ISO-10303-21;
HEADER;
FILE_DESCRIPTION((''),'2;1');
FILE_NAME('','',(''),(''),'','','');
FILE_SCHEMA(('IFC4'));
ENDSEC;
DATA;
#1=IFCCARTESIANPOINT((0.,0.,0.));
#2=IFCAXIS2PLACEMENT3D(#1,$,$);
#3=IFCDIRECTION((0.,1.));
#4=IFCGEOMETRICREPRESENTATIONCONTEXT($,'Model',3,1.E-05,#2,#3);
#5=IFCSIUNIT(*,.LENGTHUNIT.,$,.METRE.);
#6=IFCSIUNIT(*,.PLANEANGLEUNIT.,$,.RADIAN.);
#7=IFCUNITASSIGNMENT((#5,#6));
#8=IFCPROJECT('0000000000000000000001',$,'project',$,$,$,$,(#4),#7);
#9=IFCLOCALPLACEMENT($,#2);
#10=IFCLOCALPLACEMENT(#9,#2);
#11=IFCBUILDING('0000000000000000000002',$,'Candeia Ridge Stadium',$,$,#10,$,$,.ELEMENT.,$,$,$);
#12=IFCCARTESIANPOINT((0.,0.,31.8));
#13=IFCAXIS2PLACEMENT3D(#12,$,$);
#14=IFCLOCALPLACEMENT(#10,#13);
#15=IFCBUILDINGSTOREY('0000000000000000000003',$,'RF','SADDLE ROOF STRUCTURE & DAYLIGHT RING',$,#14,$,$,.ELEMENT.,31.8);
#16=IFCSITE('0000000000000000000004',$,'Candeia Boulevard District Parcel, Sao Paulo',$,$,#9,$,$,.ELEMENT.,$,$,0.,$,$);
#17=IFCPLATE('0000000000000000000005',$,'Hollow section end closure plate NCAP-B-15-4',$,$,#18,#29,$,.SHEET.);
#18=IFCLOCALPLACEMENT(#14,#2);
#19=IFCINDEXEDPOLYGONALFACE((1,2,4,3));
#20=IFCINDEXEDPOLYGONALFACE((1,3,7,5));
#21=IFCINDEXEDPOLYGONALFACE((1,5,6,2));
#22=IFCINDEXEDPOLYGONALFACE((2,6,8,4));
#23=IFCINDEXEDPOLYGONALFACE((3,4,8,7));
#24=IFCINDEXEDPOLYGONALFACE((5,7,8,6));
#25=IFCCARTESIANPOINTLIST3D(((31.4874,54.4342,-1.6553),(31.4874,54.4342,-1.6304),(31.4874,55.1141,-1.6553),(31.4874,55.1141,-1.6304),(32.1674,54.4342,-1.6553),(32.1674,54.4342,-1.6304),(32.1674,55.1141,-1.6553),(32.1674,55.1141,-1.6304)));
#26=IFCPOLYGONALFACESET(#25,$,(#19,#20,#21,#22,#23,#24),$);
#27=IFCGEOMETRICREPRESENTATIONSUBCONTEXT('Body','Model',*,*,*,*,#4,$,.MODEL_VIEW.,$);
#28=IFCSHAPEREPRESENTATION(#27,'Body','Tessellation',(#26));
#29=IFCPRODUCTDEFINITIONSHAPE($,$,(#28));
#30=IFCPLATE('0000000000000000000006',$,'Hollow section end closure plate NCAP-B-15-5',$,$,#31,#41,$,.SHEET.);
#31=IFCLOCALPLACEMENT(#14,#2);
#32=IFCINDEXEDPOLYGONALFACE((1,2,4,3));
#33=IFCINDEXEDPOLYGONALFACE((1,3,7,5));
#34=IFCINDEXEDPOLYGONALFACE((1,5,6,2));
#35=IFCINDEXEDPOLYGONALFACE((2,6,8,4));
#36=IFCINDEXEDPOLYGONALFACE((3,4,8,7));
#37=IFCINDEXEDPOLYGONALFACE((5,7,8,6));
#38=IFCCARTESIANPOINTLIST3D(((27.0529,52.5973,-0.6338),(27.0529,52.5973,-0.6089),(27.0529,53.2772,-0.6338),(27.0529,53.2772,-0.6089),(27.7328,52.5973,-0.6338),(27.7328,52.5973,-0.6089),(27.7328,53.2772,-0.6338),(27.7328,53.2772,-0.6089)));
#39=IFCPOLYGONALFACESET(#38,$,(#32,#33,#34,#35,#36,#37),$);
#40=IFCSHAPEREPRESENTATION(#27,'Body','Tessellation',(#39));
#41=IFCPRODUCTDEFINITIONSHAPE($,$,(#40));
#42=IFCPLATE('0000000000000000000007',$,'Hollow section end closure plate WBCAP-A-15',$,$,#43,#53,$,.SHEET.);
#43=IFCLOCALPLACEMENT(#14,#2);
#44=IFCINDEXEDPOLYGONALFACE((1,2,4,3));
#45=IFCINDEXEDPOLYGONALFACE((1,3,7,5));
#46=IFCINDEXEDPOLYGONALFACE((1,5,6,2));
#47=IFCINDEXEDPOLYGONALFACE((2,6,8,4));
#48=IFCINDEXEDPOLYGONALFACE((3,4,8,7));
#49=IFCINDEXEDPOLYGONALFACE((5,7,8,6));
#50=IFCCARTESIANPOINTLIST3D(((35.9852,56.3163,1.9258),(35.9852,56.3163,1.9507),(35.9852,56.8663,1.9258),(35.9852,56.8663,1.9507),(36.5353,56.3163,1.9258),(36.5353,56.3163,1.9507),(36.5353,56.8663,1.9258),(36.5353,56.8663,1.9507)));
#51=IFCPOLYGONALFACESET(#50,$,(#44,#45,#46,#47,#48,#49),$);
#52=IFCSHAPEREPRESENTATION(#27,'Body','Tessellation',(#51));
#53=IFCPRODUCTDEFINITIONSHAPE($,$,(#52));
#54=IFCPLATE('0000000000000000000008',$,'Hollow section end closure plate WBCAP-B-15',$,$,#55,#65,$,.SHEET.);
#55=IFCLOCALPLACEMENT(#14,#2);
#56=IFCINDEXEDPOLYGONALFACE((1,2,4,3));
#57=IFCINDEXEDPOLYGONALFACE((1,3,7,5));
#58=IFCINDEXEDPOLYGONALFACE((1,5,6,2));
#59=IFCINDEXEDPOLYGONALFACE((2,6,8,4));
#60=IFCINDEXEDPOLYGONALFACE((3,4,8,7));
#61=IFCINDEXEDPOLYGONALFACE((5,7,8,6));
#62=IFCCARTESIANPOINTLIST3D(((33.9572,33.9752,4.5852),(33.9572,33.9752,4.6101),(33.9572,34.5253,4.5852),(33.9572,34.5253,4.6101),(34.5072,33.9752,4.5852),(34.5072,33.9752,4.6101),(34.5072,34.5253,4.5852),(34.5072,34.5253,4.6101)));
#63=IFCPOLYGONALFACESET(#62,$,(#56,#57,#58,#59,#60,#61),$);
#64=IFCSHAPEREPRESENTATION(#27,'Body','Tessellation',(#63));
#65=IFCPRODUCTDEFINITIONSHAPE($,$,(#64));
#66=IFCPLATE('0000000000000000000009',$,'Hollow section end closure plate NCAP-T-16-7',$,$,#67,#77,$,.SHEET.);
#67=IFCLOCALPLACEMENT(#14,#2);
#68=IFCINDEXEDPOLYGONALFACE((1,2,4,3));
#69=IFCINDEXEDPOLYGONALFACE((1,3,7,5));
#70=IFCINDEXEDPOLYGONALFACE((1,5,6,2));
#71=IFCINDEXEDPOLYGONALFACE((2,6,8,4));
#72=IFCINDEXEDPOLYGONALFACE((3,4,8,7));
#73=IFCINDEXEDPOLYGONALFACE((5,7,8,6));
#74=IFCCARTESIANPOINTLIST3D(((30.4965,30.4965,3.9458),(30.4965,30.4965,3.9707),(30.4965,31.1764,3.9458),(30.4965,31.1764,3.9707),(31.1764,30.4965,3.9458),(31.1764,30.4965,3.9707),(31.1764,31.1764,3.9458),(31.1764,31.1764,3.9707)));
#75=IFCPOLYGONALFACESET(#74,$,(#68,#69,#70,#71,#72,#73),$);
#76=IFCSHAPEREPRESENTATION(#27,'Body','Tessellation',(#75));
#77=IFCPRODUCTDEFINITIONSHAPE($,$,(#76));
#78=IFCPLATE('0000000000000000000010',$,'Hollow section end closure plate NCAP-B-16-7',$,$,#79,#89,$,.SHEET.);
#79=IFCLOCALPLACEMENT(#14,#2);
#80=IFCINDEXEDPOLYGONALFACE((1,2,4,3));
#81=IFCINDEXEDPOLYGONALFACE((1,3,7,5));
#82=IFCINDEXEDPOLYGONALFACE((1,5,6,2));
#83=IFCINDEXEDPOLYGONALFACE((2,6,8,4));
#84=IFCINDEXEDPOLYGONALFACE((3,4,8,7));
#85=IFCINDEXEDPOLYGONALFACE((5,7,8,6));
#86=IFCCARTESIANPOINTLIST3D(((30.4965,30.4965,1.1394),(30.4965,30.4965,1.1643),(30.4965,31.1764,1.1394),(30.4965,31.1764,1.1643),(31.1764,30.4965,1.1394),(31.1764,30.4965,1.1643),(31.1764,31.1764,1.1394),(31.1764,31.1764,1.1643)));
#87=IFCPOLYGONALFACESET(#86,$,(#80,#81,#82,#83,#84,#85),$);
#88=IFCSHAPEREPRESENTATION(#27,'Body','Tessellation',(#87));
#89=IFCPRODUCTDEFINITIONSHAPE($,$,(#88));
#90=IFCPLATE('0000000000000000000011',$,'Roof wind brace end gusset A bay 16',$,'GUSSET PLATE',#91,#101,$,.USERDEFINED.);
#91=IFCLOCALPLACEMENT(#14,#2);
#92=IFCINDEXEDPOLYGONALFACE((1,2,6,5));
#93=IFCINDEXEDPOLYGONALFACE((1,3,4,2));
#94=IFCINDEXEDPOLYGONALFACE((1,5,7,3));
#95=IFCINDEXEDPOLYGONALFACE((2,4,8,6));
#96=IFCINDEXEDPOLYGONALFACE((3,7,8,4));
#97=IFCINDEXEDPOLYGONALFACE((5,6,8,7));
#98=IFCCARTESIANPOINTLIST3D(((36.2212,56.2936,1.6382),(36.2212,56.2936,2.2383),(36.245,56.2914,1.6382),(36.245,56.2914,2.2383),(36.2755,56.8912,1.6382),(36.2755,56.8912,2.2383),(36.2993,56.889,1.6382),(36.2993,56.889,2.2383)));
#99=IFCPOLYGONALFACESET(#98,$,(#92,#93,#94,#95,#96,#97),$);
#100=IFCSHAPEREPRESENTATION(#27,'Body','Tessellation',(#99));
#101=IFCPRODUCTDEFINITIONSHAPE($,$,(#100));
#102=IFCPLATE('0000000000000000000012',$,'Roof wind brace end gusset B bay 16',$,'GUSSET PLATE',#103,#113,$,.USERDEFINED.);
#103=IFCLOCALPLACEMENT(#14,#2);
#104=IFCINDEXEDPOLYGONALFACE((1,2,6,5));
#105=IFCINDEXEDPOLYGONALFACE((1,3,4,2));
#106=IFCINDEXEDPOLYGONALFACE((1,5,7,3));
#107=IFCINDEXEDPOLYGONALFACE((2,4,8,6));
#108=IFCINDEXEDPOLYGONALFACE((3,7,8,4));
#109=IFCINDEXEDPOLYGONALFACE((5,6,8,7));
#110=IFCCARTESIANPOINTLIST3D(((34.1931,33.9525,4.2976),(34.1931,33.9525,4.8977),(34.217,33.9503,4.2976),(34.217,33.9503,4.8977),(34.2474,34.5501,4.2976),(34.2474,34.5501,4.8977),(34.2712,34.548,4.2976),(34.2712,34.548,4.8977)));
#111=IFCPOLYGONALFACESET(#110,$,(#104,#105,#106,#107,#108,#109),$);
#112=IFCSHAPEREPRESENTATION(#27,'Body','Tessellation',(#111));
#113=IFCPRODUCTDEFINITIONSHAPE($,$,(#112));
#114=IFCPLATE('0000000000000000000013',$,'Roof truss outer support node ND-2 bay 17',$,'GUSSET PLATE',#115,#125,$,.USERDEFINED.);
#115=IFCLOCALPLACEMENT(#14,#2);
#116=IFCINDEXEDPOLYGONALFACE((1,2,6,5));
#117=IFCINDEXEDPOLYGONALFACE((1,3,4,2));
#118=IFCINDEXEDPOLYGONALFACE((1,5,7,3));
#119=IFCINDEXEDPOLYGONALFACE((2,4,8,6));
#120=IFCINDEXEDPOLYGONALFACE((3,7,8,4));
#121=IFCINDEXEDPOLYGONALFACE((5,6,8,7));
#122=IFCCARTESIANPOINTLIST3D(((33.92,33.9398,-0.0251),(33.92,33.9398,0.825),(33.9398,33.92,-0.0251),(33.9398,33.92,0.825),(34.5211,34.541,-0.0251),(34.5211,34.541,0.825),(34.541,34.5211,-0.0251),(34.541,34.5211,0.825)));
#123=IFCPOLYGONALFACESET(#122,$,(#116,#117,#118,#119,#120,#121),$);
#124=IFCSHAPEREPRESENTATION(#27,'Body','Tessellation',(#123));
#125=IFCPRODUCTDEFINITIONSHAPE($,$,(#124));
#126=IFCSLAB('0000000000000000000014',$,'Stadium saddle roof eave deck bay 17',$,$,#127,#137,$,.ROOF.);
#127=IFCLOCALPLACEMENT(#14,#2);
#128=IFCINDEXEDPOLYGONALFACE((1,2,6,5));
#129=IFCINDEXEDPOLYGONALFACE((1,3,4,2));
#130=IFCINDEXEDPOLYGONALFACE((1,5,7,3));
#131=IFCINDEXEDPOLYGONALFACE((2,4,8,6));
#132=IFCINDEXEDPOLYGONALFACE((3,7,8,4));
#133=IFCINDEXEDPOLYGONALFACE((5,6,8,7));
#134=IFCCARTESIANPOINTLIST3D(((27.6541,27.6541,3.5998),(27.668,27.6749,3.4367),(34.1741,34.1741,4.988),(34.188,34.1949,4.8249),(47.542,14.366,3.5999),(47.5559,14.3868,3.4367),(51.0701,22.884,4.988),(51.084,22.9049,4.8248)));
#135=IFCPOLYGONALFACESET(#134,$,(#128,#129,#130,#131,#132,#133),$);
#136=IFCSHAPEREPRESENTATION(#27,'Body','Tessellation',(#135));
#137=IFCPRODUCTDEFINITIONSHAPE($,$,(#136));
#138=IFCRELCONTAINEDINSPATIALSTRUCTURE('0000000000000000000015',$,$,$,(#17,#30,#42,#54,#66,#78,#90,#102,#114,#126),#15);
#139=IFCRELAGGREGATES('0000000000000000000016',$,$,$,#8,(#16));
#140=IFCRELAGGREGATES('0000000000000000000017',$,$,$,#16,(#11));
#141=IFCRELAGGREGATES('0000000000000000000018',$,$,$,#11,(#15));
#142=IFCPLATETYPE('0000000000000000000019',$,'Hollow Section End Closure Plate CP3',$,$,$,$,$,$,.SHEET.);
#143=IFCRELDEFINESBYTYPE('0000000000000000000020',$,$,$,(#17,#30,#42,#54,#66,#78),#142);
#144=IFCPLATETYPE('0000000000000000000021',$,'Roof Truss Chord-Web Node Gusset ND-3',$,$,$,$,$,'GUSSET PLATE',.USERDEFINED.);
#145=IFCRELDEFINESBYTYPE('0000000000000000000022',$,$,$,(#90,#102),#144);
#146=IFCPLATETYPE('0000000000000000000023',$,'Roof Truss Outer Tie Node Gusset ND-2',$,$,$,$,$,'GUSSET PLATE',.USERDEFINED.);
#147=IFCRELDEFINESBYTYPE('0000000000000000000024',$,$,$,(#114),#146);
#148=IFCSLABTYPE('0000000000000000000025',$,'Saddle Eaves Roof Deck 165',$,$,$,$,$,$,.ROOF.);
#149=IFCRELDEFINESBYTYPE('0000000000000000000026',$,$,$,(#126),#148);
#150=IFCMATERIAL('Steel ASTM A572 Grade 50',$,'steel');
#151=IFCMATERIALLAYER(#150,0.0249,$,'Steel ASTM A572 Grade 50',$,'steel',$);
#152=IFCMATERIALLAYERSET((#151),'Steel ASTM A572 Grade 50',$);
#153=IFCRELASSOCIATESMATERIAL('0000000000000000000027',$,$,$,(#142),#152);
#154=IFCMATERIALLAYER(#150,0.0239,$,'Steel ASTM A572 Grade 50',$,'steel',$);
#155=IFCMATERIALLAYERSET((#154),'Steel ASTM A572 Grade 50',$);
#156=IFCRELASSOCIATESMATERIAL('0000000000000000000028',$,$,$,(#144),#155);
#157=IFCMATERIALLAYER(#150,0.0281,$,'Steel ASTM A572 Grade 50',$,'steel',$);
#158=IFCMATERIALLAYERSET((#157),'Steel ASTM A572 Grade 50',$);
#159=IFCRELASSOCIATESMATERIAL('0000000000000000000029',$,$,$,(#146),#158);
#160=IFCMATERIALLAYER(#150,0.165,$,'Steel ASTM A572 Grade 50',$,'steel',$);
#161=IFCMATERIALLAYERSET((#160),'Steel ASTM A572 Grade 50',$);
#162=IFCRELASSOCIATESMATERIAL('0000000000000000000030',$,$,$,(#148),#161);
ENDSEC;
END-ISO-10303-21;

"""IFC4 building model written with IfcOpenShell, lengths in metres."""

from ifc_helpers import new_model, si_unit, direction, frame, origin, origin_2d, place, context, subcontext, project, spatial, polyline, rectangle, outline, extrude, material, layer, layer_set, type_object, element, save


model = new_model("IFC4")

# Units and contexts
model_context = context("Model", 3, precision=1e-05, world=origin(), true_north=direction((0.0, 1.0)))
body_context = subcontext(model_context, "Body", "Model", "MODEL_VIEW")
ifc_project = project(units=[si_unit("LENGTHUNIT", "METRE"), si_unit("PLANEANGLEUNIT", "RADIAN")], contexts=[model_context])

# Site, building, storey
site_placement = place(None, origin())
site = spatial("IfcSite", under=ifc_project, at=site_placement, Name="Candeia Boulevard District Parcel, Sao Paulo", CompositionType="ELEMENT", RefElevation=0.0)
building_placement = place(site_placement, origin())
building = spatial("IfcBuilding", under=site, at=building_placement, Name="Candeia Ridge Stadium", CompositionType="ELEMENT")
storey_placement = place(building_placement, frame((0.0, 0.0, 31.8)))
storey = spatial("IfcBuildingStorey", under=building, at=storey_placement, Name="RF", Description="SADDLE ROOF STRUCTURE & DAYLIGHT RING", CompositionType="ELEMENT", Elevation=31.8)

# Shared definitions
ifc_material_1 = material(Name="Steel ASTM A572 Grade 50", Category="steel")

# Plates
ifc_layer_1 = layer(ifc_material_1, 0.0249, Name="Steel ASTM A572 Grade 50", Category="steel")
ifc_layer_set_1 = layer_set([ifc_layer_1], Name="Steel ASTM A572 Grade 50")
plate_type_1 = type_object("IfcPlateType", Name="Hollow Section End Closure Plate CP3", PredefinedType="SHEET", material=ifc_layer_set_1)
for number, where, z_axis, x_axis, name in (
    (1, (31.8274, 54.7742, -1.6553), (0.0, 0.0, 1.0), (1.0, 0.0, 0.0), "Hollow section end closure plate NCAP-B-15-4"),
    (2, (27.3928, 52.9373, -0.6338), (0.0, 0.0, 1.0), (1.0, 0.0, 0.0), "Hollow section end closure plate NCAP-B-15-5"),
):
    element("IfcPlate", number, at=place(storey_placement, frame(where, z_axis=z_axis, x_axis=x_axis)), inside=storey, type_object=plate_type_1, Name=name, PredefinedType="SHEET", context=body_context, shape_type="SweptSolid", body=[
        extrude(rectangle(XDim=0.6799, YDim=0.6799, at=origin_2d()), origin(), (0.0, 0.0, 1.0), 0.0249),
    ])
for number, where, z_axis, x_axis, name in (
    (3, (36.2603, 56.5913, 1.9258), (0.0, 0.0, 1.0), (1.0, 0.0, 0.0), "Hollow section end closure plate WBCAP-A-15"),
    (4, (34.2322, 34.2502, 4.5852), (0.0, 0.0, 1.0), (1.0, 0.0, 0.0), "Hollow section end closure plate WBCAP-B-15"),
):
    element("IfcPlate", number, at=place(storey_placement, frame(where, z_axis=z_axis, x_axis=x_axis)), inside=storey, type_object=plate_type_1, Name=name, PredefinedType="SHEET", context=body_context, shape_type="SweptSolid", body=[
        extrude(rectangle(XDim=0.55, YDim=0.55, at=origin_2d()), origin(), (0.0, 0.0, 1.0), 0.0249),
    ])
for number, where, z_axis, x_axis, name in (
    (5, (30.8364, 30.8364, 3.9458), (0.0, 0.0, 1.0), (1.0, 0.0, 0.0), "Hollow section end closure plate NCAP-T-16-7"),
    (6, (30.8364, 30.8364, 1.1394), (0.0, 0.0, 1.0), (1.0, 0.0, 0.0), "Hollow section end closure plate NCAP-B-16-7"),
):
    element("IfcPlate", number, at=place(storey_placement, frame(where, z_axis=z_axis, x_axis=x_axis)), inside=storey, type_object=plate_type_1, Name=name, PredefinedType="SHEET", context=body_context, shape_type="SweptSolid", body=[
        extrude(rectangle(XDim=0.6799, YDim=0.6799, at=origin_2d()), origin(), (0.0, 0.0, 1.0), 0.0249),
    ])
ifc_layer_2 = layer(ifc_material_1, 0.0239, Name="Steel ASTM A572 Grade 50", Category="steel")
ifc_layer_set_2 = layer_set([ifc_layer_2], Name="Steel ASTM A572 Grade 50")
plate_type_2 = type_object("IfcPlateType", Name="Roof Truss Chord-Web Node Gusset ND-3", ElementType="GUSSET PLATE", PredefinedType="USERDEFINED", material=ifc_layer_set_2)
for number, where, z_axis, x_axis, name in (
    (7, (36.2603, 56.5913, 1.6382), (0.0, 0.0, 1.0), (-0.090407, -0.995905, 0.0), "Roof wind brace end gusset A bay 16"),
    (8, (34.2322, 34.2502, 4.2976), (0.0, 0.0, 1.0), (-0.090407, -0.995905, 0.0), "Roof wind brace end gusset B bay 16"),
):
    element("IfcPlate", number, at=place(storey_placement, frame(where, z_axis=z_axis, x_axis=x_axis)), inside=storey, type_object=plate_type_2, Name=name, ObjectType="GUSSET PLATE", PredefinedType="USERDEFINED", context=body_context, shape_type="SweptSolid", body=[
        extrude(rectangle(XDim=0.6001, YDim=0.0239, at=origin_2d()), origin(), (0.0, 0.0, 1.0), 0.6001),
    ])
ifc_layer_3 = layer(ifc_material_1, 0.0281, Name="Steel ASTM A572 Grade 50", Category="steel")
ifc_layer_set_3 = layer_set([ifc_layer_3], Name="Steel ASTM A572 Grade 50")
plate_type_3 = type_object("IfcPlateType", Name="Roof Truss Outer Tie Node Gusset ND-2", ElementType="GUSSET PLATE", PredefinedType="USERDEFINED", material=ifc_layer_set_3)
plate_1_placement = place(storey_placement, frame((34.2305, 34.2305, -0.0251), z_axis=(0.0, 0.0, 1.0), x_axis=(-0.707107, -0.707107, 0.0)))
element("IfcPlate", 9, at=plate_1_placement, inside=storey, type_object=plate_type_3, Name="Roof truss outer support node ND-2 bay 17", ObjectType="GUSSET PLATE", PredefinedType="USERDEFINED", context=body_context, shape_type="SweptSolid", body=[
    extrude(rectangle(XDim=0.8501, YDim=0.0281, at=origin_2d()), origin(), (0.0, 0.0, 1.0), 0.8501),
])

# Slab
ifc_layer_4 = layer(ifc_material_1, 0.165, Name="Steel ASTM A572 Grade 50", Category="steel")
ifc_layer_set_4 = layer_set([ifc_layer_4], Name="Steel ASTM A572 Grade 50")
slab_type = type_object("IfcSlabType", Name="Saddle Eaves Roof Deck 165", PredefinedType="ROOF", material=ifc_layer_set_4)
slab_placement = place(storey_placement, frame((34.1741, 34.1741, 4.988), z_axis=(-0.084297, -0.12616, 0.988422), x_axis=(0.831459, -0.555587, -0.000003)))
element("IfcSlab", 10, at=slab_placement, inside=storey, type_object=slab_type, Name="Stadium saddle roof eave deck bay 17", PredefinedType="ROOF", context=body_context, shape_type="SweptSolid", body=[
    extrude(outline(polyline([(0.0, 0.0), (20.3209, 0.0), (22.12, -9.1485), (-1.7987, -9.1495), (0.0, 0.0)])), origin(), (0.0, 0.0, -1.0), 0.165),
])

save(model, "model.ifc")
